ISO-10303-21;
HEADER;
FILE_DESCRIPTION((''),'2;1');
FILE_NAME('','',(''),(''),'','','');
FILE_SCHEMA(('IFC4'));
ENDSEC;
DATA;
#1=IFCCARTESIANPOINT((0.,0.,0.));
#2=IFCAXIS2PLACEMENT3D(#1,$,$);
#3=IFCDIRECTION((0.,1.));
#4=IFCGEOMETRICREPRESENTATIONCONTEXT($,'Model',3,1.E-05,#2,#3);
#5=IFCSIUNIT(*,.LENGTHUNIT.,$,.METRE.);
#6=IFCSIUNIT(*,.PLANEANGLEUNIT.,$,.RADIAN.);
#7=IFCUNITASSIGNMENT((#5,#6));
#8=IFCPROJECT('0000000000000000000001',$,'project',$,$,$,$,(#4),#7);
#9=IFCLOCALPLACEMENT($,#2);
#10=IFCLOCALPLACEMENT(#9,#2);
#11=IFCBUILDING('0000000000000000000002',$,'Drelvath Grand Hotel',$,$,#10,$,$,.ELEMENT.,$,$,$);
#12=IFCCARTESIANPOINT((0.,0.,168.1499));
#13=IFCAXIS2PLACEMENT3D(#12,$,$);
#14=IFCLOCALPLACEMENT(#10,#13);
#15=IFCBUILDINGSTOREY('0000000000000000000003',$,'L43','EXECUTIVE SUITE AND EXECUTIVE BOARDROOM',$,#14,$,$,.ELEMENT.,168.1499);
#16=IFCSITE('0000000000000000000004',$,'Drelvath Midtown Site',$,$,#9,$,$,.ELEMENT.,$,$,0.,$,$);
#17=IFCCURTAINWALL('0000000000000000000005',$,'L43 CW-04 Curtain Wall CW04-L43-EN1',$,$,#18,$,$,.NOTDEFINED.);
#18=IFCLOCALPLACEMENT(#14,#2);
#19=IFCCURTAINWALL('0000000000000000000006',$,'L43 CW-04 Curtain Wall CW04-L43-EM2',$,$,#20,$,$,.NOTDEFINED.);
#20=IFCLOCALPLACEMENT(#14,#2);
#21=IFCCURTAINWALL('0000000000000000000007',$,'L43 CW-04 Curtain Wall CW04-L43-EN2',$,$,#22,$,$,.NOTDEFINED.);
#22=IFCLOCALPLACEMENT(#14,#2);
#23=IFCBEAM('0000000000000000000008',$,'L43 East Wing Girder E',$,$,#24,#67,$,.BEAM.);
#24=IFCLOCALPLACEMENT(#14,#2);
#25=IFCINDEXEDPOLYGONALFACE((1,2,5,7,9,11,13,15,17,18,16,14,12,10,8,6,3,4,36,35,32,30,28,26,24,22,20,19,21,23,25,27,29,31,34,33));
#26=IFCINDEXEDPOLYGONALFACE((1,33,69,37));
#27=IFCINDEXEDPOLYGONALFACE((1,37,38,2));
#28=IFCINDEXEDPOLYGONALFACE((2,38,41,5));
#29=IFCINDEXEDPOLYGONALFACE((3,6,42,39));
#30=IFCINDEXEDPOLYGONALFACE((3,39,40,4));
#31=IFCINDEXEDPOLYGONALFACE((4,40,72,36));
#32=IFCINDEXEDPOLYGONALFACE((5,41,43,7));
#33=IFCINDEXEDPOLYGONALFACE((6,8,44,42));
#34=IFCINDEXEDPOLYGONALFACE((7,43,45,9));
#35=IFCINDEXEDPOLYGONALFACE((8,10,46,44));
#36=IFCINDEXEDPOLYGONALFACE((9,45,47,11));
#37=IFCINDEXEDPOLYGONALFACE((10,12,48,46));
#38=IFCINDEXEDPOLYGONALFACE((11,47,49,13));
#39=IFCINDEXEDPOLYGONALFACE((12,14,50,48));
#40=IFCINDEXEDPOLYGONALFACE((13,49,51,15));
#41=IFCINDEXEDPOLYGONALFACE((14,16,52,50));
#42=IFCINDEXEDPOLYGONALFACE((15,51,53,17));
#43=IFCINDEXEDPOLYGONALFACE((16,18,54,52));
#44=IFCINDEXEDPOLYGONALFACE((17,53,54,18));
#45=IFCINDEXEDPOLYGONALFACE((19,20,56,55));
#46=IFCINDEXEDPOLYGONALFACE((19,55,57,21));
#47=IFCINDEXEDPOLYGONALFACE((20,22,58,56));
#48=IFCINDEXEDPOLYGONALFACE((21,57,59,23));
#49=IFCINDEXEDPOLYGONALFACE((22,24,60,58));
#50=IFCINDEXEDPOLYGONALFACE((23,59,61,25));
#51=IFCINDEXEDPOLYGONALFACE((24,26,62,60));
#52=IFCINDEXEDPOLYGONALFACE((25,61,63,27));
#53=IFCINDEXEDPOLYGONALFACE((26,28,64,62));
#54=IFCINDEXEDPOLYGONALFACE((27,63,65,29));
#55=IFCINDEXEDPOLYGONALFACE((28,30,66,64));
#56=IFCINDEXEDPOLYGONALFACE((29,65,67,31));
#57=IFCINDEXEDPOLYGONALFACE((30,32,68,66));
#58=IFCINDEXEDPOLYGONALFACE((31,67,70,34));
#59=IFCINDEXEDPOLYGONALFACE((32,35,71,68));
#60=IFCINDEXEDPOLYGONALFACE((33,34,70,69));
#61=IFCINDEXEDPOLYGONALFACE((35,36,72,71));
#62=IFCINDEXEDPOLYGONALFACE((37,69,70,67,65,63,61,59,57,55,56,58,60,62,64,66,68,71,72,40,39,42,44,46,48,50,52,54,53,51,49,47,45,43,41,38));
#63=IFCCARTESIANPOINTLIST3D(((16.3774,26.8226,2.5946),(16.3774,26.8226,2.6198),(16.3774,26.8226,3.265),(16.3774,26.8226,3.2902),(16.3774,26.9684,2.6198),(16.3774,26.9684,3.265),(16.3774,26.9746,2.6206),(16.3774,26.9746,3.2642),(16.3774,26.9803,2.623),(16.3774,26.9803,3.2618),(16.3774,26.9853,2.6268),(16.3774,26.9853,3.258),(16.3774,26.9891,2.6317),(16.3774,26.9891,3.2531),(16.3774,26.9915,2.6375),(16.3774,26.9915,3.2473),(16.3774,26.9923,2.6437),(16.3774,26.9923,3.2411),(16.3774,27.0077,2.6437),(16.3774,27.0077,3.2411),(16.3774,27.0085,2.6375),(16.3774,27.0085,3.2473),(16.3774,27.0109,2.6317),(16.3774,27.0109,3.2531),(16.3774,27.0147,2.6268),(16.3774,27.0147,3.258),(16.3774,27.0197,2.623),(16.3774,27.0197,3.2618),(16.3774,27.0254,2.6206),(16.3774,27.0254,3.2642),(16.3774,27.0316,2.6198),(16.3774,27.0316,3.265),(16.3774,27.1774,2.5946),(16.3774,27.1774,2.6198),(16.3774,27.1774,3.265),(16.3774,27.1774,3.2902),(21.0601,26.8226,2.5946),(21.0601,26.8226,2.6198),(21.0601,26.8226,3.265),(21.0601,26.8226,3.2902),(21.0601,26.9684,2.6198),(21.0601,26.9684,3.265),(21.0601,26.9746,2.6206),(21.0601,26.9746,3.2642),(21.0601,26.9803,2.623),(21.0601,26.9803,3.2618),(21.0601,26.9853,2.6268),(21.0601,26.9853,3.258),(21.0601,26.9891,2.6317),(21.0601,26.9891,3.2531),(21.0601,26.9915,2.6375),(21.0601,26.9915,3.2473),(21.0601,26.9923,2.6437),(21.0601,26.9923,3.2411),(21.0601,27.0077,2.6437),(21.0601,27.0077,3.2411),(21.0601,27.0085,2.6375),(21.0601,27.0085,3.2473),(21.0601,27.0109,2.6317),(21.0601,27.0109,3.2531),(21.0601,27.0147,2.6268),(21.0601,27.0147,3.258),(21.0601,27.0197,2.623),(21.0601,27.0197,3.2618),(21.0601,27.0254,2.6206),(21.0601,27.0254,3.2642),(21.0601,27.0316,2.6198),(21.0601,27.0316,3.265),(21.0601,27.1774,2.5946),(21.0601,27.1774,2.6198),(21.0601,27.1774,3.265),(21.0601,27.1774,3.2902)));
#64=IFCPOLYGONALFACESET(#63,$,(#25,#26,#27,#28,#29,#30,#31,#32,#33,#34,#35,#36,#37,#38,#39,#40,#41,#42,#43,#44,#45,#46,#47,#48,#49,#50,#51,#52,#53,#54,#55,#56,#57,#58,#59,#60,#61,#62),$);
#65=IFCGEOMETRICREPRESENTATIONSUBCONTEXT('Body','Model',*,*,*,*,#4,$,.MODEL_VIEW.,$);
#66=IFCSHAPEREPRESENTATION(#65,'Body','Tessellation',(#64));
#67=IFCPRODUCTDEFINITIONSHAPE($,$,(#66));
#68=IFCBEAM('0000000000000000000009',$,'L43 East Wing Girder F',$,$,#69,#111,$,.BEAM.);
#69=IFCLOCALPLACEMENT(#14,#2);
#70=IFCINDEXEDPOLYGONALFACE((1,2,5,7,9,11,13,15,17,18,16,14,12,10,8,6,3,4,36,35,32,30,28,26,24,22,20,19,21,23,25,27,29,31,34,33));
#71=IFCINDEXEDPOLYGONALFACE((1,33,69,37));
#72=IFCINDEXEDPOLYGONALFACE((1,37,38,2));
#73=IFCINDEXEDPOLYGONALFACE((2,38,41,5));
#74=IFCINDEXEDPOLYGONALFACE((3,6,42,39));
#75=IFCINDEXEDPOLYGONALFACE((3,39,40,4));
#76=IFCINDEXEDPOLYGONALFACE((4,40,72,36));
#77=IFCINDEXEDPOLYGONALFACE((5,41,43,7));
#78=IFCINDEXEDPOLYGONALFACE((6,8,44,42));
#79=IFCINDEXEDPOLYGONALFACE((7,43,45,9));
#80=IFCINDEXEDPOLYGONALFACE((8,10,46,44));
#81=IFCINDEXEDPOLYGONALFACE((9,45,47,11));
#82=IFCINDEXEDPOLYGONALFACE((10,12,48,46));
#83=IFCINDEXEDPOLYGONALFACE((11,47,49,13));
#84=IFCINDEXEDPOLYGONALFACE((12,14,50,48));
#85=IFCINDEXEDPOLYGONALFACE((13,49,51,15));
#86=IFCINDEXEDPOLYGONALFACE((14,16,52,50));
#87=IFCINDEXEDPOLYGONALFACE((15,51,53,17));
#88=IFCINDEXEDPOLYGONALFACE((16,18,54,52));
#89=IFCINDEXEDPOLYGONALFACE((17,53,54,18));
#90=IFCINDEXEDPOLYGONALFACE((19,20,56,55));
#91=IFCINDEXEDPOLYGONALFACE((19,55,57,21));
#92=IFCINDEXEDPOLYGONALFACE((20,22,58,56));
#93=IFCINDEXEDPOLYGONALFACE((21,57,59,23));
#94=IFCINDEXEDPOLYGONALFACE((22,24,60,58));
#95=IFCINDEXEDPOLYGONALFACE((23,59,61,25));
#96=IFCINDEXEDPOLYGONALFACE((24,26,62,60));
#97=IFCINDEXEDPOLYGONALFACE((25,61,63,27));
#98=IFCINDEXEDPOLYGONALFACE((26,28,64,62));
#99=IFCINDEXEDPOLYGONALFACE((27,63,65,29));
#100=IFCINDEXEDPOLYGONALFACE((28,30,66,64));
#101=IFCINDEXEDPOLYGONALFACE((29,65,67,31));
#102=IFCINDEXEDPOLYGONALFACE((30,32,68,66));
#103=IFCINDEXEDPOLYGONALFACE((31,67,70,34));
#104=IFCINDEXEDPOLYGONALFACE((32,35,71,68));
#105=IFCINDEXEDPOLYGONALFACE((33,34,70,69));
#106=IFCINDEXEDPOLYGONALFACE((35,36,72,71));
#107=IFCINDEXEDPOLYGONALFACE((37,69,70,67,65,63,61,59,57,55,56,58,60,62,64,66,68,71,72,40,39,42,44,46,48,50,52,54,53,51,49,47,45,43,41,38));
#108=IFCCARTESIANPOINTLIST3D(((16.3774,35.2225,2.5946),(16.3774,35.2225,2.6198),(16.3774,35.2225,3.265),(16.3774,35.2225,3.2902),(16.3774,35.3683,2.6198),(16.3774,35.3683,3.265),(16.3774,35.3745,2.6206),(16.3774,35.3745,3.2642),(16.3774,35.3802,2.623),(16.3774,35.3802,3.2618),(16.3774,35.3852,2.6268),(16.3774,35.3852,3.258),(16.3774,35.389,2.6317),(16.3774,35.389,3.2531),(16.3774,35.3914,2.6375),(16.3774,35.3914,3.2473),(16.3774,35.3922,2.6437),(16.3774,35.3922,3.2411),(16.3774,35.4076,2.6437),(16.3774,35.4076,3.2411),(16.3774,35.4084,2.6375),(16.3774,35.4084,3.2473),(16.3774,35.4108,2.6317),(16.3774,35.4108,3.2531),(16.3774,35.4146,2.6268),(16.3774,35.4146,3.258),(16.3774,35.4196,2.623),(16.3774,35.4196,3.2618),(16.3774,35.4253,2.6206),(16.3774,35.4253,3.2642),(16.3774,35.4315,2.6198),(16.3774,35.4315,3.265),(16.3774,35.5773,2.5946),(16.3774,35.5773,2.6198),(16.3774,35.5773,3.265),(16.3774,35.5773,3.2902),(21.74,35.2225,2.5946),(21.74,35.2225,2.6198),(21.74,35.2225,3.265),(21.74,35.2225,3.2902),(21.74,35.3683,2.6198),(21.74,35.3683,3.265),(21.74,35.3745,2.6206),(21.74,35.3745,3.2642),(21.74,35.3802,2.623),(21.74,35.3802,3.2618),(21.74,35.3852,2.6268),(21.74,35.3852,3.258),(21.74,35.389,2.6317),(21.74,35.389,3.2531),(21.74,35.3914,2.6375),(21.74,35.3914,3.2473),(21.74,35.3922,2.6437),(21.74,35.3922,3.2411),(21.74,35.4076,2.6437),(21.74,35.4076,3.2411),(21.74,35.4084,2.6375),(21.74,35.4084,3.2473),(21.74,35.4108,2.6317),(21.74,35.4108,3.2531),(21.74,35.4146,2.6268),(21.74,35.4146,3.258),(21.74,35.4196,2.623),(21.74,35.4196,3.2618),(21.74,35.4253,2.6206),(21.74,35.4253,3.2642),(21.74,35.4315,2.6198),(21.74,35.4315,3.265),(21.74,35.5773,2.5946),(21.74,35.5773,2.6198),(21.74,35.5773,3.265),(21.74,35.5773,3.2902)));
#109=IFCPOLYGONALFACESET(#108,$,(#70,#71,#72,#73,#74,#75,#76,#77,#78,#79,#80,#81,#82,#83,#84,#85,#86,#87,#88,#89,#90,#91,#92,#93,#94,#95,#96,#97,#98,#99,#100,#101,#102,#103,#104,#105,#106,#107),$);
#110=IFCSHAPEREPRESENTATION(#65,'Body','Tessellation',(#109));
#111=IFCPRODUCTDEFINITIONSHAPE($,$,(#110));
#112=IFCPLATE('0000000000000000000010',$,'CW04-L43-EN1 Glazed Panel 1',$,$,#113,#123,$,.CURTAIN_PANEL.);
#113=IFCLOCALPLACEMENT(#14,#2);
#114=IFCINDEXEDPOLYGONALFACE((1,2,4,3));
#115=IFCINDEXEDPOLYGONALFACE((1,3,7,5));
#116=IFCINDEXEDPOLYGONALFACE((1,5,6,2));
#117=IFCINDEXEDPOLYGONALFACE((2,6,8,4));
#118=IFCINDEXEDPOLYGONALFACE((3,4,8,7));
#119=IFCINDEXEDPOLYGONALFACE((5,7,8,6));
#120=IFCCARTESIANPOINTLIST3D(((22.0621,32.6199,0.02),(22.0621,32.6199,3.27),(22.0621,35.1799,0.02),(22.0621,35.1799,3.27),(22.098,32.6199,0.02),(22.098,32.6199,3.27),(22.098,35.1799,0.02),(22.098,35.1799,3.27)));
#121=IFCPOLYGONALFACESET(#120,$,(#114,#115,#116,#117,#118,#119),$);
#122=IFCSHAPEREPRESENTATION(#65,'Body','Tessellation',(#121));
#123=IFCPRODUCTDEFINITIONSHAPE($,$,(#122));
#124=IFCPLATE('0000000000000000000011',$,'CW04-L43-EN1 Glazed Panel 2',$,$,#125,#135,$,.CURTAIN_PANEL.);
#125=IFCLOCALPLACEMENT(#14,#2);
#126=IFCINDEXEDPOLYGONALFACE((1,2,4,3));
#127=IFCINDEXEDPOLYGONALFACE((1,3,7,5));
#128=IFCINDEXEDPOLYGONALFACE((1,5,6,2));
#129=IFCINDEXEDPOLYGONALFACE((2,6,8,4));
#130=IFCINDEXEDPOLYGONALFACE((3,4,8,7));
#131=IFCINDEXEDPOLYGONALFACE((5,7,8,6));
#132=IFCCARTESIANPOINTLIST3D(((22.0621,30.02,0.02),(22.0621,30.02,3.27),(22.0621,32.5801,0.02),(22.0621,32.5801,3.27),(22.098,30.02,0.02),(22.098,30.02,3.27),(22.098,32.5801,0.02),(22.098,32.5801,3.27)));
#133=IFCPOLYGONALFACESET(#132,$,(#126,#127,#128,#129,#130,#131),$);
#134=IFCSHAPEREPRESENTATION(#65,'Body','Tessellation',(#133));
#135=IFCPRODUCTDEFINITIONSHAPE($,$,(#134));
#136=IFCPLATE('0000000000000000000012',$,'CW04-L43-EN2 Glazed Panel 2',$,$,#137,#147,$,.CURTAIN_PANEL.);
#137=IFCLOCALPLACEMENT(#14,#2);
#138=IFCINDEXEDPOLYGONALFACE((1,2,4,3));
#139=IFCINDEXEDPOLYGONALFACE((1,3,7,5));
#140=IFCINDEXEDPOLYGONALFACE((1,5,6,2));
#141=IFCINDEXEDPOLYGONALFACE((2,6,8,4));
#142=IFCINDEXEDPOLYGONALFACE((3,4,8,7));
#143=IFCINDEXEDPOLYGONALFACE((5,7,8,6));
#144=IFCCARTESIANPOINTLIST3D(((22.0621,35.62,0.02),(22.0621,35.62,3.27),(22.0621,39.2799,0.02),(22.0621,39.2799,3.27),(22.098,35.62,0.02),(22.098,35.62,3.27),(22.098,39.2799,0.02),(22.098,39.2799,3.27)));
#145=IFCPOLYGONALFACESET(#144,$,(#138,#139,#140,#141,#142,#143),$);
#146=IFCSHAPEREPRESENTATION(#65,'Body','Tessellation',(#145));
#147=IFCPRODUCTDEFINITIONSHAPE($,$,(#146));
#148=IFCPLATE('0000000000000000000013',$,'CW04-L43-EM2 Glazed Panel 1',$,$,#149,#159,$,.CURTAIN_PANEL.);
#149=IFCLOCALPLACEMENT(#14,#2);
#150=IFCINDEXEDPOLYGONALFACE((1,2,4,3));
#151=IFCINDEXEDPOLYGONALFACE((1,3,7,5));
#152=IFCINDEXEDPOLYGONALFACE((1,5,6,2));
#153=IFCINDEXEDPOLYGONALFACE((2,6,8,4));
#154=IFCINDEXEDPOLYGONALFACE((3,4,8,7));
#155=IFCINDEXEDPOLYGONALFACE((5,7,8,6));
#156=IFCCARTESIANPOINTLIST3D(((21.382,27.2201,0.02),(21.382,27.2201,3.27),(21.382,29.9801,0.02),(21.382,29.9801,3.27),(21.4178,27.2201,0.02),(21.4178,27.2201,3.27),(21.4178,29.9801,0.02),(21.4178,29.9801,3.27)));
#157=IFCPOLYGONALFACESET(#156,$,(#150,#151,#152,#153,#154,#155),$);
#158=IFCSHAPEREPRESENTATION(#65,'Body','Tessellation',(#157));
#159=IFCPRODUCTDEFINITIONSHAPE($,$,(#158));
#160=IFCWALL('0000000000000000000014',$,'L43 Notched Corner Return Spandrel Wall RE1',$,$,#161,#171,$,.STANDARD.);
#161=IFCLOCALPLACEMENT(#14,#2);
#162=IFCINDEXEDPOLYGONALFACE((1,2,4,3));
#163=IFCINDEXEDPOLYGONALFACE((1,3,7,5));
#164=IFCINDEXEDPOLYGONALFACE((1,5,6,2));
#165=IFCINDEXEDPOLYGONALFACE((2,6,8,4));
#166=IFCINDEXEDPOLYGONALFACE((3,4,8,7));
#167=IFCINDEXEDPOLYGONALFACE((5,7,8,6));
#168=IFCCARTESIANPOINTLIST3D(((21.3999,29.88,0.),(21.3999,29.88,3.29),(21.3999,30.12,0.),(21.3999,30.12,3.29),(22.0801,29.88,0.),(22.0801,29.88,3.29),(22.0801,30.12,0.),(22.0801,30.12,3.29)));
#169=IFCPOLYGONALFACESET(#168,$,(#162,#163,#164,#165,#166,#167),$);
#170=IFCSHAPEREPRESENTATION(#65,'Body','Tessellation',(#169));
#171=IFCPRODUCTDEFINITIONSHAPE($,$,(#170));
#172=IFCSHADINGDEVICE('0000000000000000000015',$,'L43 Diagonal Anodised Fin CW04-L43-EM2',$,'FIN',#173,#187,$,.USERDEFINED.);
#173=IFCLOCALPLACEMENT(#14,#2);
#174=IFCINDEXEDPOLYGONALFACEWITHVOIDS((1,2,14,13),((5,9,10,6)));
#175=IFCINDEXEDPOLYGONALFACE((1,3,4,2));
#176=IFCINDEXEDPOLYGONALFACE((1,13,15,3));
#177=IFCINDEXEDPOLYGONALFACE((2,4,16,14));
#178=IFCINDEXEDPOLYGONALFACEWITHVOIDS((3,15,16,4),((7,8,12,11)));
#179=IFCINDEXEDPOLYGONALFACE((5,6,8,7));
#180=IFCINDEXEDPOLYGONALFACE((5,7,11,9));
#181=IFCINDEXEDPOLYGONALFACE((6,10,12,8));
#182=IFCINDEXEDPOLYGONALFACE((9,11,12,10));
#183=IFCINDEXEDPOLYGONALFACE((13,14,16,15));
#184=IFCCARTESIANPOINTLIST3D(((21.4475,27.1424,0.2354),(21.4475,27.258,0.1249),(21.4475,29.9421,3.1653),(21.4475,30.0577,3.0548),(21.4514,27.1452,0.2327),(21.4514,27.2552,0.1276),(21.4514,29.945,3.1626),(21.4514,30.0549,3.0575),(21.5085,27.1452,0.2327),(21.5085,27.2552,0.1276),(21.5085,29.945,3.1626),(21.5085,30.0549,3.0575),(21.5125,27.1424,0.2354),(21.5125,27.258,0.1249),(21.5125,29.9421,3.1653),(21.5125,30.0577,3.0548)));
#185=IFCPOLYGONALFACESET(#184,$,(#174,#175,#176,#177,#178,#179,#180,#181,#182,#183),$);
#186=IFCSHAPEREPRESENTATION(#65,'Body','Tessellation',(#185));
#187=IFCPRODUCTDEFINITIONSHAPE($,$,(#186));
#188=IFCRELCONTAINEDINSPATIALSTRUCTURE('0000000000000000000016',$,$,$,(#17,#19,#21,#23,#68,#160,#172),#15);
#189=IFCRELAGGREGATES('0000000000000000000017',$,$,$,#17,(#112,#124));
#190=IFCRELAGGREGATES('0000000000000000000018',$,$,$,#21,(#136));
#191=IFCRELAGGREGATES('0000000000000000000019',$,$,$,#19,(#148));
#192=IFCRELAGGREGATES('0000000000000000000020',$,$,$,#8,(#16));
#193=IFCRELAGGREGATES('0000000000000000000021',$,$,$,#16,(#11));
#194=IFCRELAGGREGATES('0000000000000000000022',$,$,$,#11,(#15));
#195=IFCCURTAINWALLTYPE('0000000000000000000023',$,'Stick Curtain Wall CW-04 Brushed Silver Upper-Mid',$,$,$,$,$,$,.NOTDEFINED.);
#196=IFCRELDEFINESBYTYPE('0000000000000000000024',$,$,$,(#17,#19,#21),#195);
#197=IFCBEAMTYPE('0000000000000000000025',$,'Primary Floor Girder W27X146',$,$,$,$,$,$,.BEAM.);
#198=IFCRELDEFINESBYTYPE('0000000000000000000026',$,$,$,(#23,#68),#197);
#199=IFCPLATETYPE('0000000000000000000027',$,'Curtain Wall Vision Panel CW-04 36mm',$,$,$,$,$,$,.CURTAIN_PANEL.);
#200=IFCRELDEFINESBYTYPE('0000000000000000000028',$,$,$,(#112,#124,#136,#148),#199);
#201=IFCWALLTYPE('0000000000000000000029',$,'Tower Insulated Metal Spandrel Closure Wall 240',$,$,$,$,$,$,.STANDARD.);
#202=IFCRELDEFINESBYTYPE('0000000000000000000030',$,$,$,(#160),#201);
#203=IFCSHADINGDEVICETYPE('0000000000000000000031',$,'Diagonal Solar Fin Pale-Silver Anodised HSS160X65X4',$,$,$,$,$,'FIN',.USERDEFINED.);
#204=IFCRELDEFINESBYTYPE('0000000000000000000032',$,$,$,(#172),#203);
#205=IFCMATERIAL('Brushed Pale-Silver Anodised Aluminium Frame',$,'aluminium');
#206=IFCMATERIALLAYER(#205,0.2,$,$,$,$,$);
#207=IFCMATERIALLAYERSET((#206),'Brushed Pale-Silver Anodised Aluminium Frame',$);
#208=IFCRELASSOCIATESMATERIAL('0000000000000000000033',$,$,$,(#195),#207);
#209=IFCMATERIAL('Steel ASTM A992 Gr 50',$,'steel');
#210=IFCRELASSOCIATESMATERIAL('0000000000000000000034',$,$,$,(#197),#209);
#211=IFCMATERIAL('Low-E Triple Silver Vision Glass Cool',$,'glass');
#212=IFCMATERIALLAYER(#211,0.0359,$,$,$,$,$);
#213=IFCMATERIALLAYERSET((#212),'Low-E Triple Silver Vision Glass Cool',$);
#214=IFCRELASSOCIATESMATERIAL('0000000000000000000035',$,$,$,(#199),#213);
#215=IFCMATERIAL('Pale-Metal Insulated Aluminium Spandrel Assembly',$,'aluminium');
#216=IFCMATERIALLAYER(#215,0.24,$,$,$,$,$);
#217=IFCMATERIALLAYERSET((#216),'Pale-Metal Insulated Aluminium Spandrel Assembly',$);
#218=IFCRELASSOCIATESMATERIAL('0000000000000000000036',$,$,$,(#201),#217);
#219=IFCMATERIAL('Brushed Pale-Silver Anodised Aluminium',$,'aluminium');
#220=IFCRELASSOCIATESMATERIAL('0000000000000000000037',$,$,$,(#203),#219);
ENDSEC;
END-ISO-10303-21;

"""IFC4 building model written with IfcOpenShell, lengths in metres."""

from ifc_helpers import new_model, si_unit, direction, frame, frame_2d, origin, origin_2d, place, context, subcontext, project, spatial, rectangle, hollow_rectangle, i_section, extrude, material, layer, layer_set, material_profile, profile_set, type_object, element, aggregate, save


model = new_model("IFC4")

# Units and contexts
model_context = context("Model", 3, precision=1e-05, world=origin(), true_north=direction((0.0, 1.0)))
body_context = subcontext(model_context, "Body", "Model", "MODEL_VIEW")
ifc_project = project(units=[si_unit("LENGTHUNIT", "METRE"), si_unit("PLANEANGLEUNIT", "RADIAN")], contexts=[model_context])

# Site, building, storey
site_placement = place(None, origin())
site = spatial("IfcSite", under=ifc_project, at=site_placement, Name="Drelvath Midtown Site", CompositionType="ELEMENT", RefElevation=0.0)
building_placement = place(site_placement, origin())
building = spatial("IfcBuilding", under=site, at=building_placement, Name="Drelvath Grand Hotel", CompositionType="ELEMENT")
storey_placement = place(building_placement, frame((0.0, 0.0, 168.1499)))
storey = spatial("IfcBuildingStorey", under=building, at=storey_placement, Name="L43", Description="EXECUTIVE SUITE AND EXECUTIVE BOARDROOM", CompositionType="ELEMENT", Elevation=168.1499)

# Curtain walls
ifc_material_1 = material(Name="Brushed Pale-Silver Anodised Aluminium Frame", Category="aluminium")
ifc_layer_1 = layer(ifc_material_1, 0.2)
ifc_layer_set_1 = layer_set([ifc_layer_1], Name="Brushed Pale-Silver Anodised Aluminium Frame")
curtain_wall_type = type_object("IfcCurtainWallType", Name="Stick Curtain Wall CW-04 Brushed Silver Upper-Mid", PredefinedType="NOTDEFINED", material=ifc_layer_set_1)
curtain_wall_1_placement = place(storey_placement, origin())
curtain_wall_1 = element("IfcCurtainWall", 1, at=curtain_wall_1_placement, inside=storey, type_object=curtain_wall_type, Name="L43 CW-04 Curtain Wall CW04-L43-EN1", PredefinedType="NOTDEFINED")
curtain_wall_2_placement = place(storey_placement, origin())
curtain_wall_2 = element("IfcCurtainWall", 2, at=curtain_wall_2_placement, inside=storey, type_object=curtain_wall_type, Name="L43 CW-04 Curtain Wall CW04-L43-EM2", PredefinedType="NOTDEFINED")

# Curtain wall
curtain_wall_3_placement = place(storey_placement, origin())
curtain_wall_3 = element("IfcCurtainWall", 3, at=curtain_wall_3_placement, inside=storey, type_object=curtain_wall_type, Name="L43 CW-04 Curtain Wall CW04-L43-EN2", PredefinedType="NOTDEFINED")

# Beams
ifc_material_2 = material(Name="Steel ASTM A992 Gr 50", Category="steel")
ifc_material_profile_1 = material_profile(ifc_material_2, i_section(OverallWidth=0.3547, OverallDepth=0.6956, WebThickness=0.0154, FlangeThickness=0.0251, FilletRadius=0.0239, at=origin_2d()), Name="W27X146")
ifc_profile_set_1 = profile_set([ifc_material_profile_1], Name="Steel ASTM A992 Gr 50")
beam_type_1 = type_object("IfcBeamType", Name="Primary Floor Girder W27X146", PredefinedType="BEAM", material=ifc_profile_set_1)
beam_1_placement = place(storey_placement, frame((16.3774, 27.0, 2.9424), z_axis=(1.0, 0.0, 0.0), x_axis=(0.0, 1.0, 0.0)))
element("IfcBeam", 4, at=beam_1_placement, inside=storey, type_object=beam_type_1, Name="L43 East Wing Girder E", PredefinedType="BEAM", context=body_context, shape_type="SweptSolid", body=[
    extrude(i_section(OverallWidth=0.3547, OverallDepth=0.6956, WebThickness=0.0154, FlangeThickness=0.0251, FilletRadius=0.0239, at=origin_2d()), origin(), (0.0, 0.0, 1.0), 4.6826),
])
beam_2_placement = place(storey_placement, frame((16.3774, 35.3999, 2.9424), z_axis=(1.0, 0.0, 0.0), x_axis=(0.0, 1.0, 0.0)))
element("IfcBeam", 5, at=beam_2_placement, inside=storey, type_object=beam_type_1, Name="L43 East Wing Girder F", PredefinedType="BEAM", context=body_context, shape_type="SweptSolid", body=[
    extrude(i_section(OverallWidth=0.3547, OverallDepth=0.6956, WebThickness=0.0154, FlangeThickness=0.0251, FilletRadius=0.0239, at=origin_2d()), origin(), (0.0, 0.0, 1.0), 5.3625),
])

# Plates
ifc_material_3 = material(Name="Low-E Triple Silver Vision Glass Cool", Category="glass")
ifc_layer_2 = layer(ifc_material_3, 0.0359)
ifc_layer_set_2 = layer_set([ifc_layer_2], Name="Low-E Triple Silver Vision Glass Cool")
plate_type = type_object("IfcPlateType", Name="Curtain Wall Vision Panel CW-04 36mm", PredefinedType="CURTAIN_PANEL", material=ifc_layer_set_2)
plate_1_placement = place(storey_placement, frame((22.0801, 33.8999, 0.02), z_axis=(0.0, 0.0, 1.0), x_axis=(0.0, -1.0, 0.0)))
plate_1 = element("IfcPlate", 6, at=plate_1_placement, type_object=plate_type, Name="CW04-L43-EN1 Glazed Panel 1", PredefinedType="CURTAIN_PANEL", context=body_context, shape_type="SweptSolid", body=[
    extrude(rectangle(XDim=2.5601, YDim=0.0359, at=origin_2d()), origin(), (0.0, 0.0, 1.0), 3.25),
])
plate_2_placement = place(storey_placement, frame((22.0801, 31.3, 0.02), z_axis=(0.0, 0.0, 1.0), x_axis=(0.0, -1.0, 0.0)))
plate_2 = element("IfcPlate", 7, at=plate_2_placement, type_object=plate_type, Name="CW04-L43-EN1 Glazed Panel 2", PredefinedType="CURTAIN_PANEL", context=body_context, shape_type="SweptSolid", body=[
    extrude(rectangle(XDim=2.5601, YDim=0.0359, at=origin_2d()), origin(), (0.0, 0.0, 1.0), 3.25),
])
aggregate(curtain_wall_1, [plate_1, plate_2])
plate_3_placement = place(storey_placement, frame((22.0801, 37.45, 0.02), z_axis=(0.0, 0.0, 1.0), x_axis=(0.0, -1.0, 0.0)))
plate_3 = element("IfcPlate", 8, at=plate_3_placement, type_object=plate_type, Name="CW04-L43-EN2 Glazed Panel 2", PredefinedType="CURTAIN_PANEL", context=body_context, shape_type="SweptSolid", body=[
    extrude(rectangle(XDim=3.6599, YDim=0.0359, at=origin_2d()), origin(), (0.0, 0.0, 1.0), 3.25),
])
aggregate(curtain_wall_3, [plate_3])
plate_4_placement = place(storey_placement, frame((21.3999, 28.6001, 0.02), z_axis=(0.0, 0.0, 1.0), x_axis=(0.0, -1.0, 0.0)))
plate_4 = element("IfcPlate", 9, at=plate_4_placement, type_object=plate_type, Name="CW04-L43-EM2 Glazed Panel 1", PredefinedType="CURTAIN_PANEL", context=body_context, shape_type="SweptSolid", body=[
    extrude(rectangle(XDim=2.76, YDim=0.0359, at=origin_2d()), origin(), (0.0, 0.0, 1.0), 3.25),
])
aggregate(curtain_wall_2, [plate_4])

# Wall
ifc_material_4 = material(Name="Pale-Metal Insulated Aluminium Spandrel Assembly", Category="aluminium")
ifc_layer_3 = layer(ifc_material_4, 0.24)
ifc_layer_set_3 = layer_set([ifc_layer_3], Name="Pale-Metal Insulated Aluminium Spandrel Assembly")
wall_type = type_object("IfcWallType", Name="Tower Insulated Metal Spandrel Closure Wall 240", PredefinedType="STANDARD", material=ifc_layer_set_3)
wall_placement = place(storey_placement, frame((22.0801, 30.0, 0.0), z_axis=(0.0, 0.0, 1.0), x_axis=(-1.0, 0.0, 0.0)))
element("IfcWall", 10, at=wall_placement, inside=storey, type_object=wall_type, Name="L43 Notched Corner Return Spandrel Wall RE1", PredefinedType="STANDARD", context=body_context, shape_type="SweptSolid", body=[
    extrude(rectangle(XDim=0.6802, YDim=0.24, at=frame_2d((0.3401, 0.0))), origin(), (0.0, 0.0, 1.0), 3.29),
])

# Shading device
ifc_material_5 = material(Name="Brushed Pale-Silver Anodised Aluminium", Category="aluminium")
ifc_material_profile_2 = material_profile(ifc_material_5, hollow_rectangle(XDim=0.0649, YDim=0.1599, WallThickness=0.0039, at=origin_2d()), Name="HSS160X65X4")
ifc_profile_set_2 = profile_set([ifc_material_profile_2], Name="Brushed Pale-Silver Anodised Aluminium")
shading_device_type = type_object("IfcShadingDeviceType", Name="Diagonal Solar Fin Pale-Silver Anodised HSS160X65X4", ElementType="FIN", PredefinedType="USERDEFINED", material=ifc_profile_set_2)
shading_device_placement = place(storey_placement, frame((21.48, 27.2002, 0.1802), z_axis=(0.0, 0.69087, 0.722979), x_axis=(-1.0, 0.0, 0.0)))
element("IfcShadingDevice", 11, at=shading_device_placement, inside=storey, type_object=shading_device_type, Name="L43 Diagonal Anodised Fin CW04-L43-EM2", ObjectType="FIN", PredefinedType="USERDEFINED", context=body_context, shape_type="SweptSolid", body=[
    extrude(hollow_rectangle(XDim=0.0649, YDim=0.1599, WallThickness=0.0039, at=origin_2d()), origin(), (0.0, 0.0, 1.0), 4.0525),
])

save(model, "model.ifc")
